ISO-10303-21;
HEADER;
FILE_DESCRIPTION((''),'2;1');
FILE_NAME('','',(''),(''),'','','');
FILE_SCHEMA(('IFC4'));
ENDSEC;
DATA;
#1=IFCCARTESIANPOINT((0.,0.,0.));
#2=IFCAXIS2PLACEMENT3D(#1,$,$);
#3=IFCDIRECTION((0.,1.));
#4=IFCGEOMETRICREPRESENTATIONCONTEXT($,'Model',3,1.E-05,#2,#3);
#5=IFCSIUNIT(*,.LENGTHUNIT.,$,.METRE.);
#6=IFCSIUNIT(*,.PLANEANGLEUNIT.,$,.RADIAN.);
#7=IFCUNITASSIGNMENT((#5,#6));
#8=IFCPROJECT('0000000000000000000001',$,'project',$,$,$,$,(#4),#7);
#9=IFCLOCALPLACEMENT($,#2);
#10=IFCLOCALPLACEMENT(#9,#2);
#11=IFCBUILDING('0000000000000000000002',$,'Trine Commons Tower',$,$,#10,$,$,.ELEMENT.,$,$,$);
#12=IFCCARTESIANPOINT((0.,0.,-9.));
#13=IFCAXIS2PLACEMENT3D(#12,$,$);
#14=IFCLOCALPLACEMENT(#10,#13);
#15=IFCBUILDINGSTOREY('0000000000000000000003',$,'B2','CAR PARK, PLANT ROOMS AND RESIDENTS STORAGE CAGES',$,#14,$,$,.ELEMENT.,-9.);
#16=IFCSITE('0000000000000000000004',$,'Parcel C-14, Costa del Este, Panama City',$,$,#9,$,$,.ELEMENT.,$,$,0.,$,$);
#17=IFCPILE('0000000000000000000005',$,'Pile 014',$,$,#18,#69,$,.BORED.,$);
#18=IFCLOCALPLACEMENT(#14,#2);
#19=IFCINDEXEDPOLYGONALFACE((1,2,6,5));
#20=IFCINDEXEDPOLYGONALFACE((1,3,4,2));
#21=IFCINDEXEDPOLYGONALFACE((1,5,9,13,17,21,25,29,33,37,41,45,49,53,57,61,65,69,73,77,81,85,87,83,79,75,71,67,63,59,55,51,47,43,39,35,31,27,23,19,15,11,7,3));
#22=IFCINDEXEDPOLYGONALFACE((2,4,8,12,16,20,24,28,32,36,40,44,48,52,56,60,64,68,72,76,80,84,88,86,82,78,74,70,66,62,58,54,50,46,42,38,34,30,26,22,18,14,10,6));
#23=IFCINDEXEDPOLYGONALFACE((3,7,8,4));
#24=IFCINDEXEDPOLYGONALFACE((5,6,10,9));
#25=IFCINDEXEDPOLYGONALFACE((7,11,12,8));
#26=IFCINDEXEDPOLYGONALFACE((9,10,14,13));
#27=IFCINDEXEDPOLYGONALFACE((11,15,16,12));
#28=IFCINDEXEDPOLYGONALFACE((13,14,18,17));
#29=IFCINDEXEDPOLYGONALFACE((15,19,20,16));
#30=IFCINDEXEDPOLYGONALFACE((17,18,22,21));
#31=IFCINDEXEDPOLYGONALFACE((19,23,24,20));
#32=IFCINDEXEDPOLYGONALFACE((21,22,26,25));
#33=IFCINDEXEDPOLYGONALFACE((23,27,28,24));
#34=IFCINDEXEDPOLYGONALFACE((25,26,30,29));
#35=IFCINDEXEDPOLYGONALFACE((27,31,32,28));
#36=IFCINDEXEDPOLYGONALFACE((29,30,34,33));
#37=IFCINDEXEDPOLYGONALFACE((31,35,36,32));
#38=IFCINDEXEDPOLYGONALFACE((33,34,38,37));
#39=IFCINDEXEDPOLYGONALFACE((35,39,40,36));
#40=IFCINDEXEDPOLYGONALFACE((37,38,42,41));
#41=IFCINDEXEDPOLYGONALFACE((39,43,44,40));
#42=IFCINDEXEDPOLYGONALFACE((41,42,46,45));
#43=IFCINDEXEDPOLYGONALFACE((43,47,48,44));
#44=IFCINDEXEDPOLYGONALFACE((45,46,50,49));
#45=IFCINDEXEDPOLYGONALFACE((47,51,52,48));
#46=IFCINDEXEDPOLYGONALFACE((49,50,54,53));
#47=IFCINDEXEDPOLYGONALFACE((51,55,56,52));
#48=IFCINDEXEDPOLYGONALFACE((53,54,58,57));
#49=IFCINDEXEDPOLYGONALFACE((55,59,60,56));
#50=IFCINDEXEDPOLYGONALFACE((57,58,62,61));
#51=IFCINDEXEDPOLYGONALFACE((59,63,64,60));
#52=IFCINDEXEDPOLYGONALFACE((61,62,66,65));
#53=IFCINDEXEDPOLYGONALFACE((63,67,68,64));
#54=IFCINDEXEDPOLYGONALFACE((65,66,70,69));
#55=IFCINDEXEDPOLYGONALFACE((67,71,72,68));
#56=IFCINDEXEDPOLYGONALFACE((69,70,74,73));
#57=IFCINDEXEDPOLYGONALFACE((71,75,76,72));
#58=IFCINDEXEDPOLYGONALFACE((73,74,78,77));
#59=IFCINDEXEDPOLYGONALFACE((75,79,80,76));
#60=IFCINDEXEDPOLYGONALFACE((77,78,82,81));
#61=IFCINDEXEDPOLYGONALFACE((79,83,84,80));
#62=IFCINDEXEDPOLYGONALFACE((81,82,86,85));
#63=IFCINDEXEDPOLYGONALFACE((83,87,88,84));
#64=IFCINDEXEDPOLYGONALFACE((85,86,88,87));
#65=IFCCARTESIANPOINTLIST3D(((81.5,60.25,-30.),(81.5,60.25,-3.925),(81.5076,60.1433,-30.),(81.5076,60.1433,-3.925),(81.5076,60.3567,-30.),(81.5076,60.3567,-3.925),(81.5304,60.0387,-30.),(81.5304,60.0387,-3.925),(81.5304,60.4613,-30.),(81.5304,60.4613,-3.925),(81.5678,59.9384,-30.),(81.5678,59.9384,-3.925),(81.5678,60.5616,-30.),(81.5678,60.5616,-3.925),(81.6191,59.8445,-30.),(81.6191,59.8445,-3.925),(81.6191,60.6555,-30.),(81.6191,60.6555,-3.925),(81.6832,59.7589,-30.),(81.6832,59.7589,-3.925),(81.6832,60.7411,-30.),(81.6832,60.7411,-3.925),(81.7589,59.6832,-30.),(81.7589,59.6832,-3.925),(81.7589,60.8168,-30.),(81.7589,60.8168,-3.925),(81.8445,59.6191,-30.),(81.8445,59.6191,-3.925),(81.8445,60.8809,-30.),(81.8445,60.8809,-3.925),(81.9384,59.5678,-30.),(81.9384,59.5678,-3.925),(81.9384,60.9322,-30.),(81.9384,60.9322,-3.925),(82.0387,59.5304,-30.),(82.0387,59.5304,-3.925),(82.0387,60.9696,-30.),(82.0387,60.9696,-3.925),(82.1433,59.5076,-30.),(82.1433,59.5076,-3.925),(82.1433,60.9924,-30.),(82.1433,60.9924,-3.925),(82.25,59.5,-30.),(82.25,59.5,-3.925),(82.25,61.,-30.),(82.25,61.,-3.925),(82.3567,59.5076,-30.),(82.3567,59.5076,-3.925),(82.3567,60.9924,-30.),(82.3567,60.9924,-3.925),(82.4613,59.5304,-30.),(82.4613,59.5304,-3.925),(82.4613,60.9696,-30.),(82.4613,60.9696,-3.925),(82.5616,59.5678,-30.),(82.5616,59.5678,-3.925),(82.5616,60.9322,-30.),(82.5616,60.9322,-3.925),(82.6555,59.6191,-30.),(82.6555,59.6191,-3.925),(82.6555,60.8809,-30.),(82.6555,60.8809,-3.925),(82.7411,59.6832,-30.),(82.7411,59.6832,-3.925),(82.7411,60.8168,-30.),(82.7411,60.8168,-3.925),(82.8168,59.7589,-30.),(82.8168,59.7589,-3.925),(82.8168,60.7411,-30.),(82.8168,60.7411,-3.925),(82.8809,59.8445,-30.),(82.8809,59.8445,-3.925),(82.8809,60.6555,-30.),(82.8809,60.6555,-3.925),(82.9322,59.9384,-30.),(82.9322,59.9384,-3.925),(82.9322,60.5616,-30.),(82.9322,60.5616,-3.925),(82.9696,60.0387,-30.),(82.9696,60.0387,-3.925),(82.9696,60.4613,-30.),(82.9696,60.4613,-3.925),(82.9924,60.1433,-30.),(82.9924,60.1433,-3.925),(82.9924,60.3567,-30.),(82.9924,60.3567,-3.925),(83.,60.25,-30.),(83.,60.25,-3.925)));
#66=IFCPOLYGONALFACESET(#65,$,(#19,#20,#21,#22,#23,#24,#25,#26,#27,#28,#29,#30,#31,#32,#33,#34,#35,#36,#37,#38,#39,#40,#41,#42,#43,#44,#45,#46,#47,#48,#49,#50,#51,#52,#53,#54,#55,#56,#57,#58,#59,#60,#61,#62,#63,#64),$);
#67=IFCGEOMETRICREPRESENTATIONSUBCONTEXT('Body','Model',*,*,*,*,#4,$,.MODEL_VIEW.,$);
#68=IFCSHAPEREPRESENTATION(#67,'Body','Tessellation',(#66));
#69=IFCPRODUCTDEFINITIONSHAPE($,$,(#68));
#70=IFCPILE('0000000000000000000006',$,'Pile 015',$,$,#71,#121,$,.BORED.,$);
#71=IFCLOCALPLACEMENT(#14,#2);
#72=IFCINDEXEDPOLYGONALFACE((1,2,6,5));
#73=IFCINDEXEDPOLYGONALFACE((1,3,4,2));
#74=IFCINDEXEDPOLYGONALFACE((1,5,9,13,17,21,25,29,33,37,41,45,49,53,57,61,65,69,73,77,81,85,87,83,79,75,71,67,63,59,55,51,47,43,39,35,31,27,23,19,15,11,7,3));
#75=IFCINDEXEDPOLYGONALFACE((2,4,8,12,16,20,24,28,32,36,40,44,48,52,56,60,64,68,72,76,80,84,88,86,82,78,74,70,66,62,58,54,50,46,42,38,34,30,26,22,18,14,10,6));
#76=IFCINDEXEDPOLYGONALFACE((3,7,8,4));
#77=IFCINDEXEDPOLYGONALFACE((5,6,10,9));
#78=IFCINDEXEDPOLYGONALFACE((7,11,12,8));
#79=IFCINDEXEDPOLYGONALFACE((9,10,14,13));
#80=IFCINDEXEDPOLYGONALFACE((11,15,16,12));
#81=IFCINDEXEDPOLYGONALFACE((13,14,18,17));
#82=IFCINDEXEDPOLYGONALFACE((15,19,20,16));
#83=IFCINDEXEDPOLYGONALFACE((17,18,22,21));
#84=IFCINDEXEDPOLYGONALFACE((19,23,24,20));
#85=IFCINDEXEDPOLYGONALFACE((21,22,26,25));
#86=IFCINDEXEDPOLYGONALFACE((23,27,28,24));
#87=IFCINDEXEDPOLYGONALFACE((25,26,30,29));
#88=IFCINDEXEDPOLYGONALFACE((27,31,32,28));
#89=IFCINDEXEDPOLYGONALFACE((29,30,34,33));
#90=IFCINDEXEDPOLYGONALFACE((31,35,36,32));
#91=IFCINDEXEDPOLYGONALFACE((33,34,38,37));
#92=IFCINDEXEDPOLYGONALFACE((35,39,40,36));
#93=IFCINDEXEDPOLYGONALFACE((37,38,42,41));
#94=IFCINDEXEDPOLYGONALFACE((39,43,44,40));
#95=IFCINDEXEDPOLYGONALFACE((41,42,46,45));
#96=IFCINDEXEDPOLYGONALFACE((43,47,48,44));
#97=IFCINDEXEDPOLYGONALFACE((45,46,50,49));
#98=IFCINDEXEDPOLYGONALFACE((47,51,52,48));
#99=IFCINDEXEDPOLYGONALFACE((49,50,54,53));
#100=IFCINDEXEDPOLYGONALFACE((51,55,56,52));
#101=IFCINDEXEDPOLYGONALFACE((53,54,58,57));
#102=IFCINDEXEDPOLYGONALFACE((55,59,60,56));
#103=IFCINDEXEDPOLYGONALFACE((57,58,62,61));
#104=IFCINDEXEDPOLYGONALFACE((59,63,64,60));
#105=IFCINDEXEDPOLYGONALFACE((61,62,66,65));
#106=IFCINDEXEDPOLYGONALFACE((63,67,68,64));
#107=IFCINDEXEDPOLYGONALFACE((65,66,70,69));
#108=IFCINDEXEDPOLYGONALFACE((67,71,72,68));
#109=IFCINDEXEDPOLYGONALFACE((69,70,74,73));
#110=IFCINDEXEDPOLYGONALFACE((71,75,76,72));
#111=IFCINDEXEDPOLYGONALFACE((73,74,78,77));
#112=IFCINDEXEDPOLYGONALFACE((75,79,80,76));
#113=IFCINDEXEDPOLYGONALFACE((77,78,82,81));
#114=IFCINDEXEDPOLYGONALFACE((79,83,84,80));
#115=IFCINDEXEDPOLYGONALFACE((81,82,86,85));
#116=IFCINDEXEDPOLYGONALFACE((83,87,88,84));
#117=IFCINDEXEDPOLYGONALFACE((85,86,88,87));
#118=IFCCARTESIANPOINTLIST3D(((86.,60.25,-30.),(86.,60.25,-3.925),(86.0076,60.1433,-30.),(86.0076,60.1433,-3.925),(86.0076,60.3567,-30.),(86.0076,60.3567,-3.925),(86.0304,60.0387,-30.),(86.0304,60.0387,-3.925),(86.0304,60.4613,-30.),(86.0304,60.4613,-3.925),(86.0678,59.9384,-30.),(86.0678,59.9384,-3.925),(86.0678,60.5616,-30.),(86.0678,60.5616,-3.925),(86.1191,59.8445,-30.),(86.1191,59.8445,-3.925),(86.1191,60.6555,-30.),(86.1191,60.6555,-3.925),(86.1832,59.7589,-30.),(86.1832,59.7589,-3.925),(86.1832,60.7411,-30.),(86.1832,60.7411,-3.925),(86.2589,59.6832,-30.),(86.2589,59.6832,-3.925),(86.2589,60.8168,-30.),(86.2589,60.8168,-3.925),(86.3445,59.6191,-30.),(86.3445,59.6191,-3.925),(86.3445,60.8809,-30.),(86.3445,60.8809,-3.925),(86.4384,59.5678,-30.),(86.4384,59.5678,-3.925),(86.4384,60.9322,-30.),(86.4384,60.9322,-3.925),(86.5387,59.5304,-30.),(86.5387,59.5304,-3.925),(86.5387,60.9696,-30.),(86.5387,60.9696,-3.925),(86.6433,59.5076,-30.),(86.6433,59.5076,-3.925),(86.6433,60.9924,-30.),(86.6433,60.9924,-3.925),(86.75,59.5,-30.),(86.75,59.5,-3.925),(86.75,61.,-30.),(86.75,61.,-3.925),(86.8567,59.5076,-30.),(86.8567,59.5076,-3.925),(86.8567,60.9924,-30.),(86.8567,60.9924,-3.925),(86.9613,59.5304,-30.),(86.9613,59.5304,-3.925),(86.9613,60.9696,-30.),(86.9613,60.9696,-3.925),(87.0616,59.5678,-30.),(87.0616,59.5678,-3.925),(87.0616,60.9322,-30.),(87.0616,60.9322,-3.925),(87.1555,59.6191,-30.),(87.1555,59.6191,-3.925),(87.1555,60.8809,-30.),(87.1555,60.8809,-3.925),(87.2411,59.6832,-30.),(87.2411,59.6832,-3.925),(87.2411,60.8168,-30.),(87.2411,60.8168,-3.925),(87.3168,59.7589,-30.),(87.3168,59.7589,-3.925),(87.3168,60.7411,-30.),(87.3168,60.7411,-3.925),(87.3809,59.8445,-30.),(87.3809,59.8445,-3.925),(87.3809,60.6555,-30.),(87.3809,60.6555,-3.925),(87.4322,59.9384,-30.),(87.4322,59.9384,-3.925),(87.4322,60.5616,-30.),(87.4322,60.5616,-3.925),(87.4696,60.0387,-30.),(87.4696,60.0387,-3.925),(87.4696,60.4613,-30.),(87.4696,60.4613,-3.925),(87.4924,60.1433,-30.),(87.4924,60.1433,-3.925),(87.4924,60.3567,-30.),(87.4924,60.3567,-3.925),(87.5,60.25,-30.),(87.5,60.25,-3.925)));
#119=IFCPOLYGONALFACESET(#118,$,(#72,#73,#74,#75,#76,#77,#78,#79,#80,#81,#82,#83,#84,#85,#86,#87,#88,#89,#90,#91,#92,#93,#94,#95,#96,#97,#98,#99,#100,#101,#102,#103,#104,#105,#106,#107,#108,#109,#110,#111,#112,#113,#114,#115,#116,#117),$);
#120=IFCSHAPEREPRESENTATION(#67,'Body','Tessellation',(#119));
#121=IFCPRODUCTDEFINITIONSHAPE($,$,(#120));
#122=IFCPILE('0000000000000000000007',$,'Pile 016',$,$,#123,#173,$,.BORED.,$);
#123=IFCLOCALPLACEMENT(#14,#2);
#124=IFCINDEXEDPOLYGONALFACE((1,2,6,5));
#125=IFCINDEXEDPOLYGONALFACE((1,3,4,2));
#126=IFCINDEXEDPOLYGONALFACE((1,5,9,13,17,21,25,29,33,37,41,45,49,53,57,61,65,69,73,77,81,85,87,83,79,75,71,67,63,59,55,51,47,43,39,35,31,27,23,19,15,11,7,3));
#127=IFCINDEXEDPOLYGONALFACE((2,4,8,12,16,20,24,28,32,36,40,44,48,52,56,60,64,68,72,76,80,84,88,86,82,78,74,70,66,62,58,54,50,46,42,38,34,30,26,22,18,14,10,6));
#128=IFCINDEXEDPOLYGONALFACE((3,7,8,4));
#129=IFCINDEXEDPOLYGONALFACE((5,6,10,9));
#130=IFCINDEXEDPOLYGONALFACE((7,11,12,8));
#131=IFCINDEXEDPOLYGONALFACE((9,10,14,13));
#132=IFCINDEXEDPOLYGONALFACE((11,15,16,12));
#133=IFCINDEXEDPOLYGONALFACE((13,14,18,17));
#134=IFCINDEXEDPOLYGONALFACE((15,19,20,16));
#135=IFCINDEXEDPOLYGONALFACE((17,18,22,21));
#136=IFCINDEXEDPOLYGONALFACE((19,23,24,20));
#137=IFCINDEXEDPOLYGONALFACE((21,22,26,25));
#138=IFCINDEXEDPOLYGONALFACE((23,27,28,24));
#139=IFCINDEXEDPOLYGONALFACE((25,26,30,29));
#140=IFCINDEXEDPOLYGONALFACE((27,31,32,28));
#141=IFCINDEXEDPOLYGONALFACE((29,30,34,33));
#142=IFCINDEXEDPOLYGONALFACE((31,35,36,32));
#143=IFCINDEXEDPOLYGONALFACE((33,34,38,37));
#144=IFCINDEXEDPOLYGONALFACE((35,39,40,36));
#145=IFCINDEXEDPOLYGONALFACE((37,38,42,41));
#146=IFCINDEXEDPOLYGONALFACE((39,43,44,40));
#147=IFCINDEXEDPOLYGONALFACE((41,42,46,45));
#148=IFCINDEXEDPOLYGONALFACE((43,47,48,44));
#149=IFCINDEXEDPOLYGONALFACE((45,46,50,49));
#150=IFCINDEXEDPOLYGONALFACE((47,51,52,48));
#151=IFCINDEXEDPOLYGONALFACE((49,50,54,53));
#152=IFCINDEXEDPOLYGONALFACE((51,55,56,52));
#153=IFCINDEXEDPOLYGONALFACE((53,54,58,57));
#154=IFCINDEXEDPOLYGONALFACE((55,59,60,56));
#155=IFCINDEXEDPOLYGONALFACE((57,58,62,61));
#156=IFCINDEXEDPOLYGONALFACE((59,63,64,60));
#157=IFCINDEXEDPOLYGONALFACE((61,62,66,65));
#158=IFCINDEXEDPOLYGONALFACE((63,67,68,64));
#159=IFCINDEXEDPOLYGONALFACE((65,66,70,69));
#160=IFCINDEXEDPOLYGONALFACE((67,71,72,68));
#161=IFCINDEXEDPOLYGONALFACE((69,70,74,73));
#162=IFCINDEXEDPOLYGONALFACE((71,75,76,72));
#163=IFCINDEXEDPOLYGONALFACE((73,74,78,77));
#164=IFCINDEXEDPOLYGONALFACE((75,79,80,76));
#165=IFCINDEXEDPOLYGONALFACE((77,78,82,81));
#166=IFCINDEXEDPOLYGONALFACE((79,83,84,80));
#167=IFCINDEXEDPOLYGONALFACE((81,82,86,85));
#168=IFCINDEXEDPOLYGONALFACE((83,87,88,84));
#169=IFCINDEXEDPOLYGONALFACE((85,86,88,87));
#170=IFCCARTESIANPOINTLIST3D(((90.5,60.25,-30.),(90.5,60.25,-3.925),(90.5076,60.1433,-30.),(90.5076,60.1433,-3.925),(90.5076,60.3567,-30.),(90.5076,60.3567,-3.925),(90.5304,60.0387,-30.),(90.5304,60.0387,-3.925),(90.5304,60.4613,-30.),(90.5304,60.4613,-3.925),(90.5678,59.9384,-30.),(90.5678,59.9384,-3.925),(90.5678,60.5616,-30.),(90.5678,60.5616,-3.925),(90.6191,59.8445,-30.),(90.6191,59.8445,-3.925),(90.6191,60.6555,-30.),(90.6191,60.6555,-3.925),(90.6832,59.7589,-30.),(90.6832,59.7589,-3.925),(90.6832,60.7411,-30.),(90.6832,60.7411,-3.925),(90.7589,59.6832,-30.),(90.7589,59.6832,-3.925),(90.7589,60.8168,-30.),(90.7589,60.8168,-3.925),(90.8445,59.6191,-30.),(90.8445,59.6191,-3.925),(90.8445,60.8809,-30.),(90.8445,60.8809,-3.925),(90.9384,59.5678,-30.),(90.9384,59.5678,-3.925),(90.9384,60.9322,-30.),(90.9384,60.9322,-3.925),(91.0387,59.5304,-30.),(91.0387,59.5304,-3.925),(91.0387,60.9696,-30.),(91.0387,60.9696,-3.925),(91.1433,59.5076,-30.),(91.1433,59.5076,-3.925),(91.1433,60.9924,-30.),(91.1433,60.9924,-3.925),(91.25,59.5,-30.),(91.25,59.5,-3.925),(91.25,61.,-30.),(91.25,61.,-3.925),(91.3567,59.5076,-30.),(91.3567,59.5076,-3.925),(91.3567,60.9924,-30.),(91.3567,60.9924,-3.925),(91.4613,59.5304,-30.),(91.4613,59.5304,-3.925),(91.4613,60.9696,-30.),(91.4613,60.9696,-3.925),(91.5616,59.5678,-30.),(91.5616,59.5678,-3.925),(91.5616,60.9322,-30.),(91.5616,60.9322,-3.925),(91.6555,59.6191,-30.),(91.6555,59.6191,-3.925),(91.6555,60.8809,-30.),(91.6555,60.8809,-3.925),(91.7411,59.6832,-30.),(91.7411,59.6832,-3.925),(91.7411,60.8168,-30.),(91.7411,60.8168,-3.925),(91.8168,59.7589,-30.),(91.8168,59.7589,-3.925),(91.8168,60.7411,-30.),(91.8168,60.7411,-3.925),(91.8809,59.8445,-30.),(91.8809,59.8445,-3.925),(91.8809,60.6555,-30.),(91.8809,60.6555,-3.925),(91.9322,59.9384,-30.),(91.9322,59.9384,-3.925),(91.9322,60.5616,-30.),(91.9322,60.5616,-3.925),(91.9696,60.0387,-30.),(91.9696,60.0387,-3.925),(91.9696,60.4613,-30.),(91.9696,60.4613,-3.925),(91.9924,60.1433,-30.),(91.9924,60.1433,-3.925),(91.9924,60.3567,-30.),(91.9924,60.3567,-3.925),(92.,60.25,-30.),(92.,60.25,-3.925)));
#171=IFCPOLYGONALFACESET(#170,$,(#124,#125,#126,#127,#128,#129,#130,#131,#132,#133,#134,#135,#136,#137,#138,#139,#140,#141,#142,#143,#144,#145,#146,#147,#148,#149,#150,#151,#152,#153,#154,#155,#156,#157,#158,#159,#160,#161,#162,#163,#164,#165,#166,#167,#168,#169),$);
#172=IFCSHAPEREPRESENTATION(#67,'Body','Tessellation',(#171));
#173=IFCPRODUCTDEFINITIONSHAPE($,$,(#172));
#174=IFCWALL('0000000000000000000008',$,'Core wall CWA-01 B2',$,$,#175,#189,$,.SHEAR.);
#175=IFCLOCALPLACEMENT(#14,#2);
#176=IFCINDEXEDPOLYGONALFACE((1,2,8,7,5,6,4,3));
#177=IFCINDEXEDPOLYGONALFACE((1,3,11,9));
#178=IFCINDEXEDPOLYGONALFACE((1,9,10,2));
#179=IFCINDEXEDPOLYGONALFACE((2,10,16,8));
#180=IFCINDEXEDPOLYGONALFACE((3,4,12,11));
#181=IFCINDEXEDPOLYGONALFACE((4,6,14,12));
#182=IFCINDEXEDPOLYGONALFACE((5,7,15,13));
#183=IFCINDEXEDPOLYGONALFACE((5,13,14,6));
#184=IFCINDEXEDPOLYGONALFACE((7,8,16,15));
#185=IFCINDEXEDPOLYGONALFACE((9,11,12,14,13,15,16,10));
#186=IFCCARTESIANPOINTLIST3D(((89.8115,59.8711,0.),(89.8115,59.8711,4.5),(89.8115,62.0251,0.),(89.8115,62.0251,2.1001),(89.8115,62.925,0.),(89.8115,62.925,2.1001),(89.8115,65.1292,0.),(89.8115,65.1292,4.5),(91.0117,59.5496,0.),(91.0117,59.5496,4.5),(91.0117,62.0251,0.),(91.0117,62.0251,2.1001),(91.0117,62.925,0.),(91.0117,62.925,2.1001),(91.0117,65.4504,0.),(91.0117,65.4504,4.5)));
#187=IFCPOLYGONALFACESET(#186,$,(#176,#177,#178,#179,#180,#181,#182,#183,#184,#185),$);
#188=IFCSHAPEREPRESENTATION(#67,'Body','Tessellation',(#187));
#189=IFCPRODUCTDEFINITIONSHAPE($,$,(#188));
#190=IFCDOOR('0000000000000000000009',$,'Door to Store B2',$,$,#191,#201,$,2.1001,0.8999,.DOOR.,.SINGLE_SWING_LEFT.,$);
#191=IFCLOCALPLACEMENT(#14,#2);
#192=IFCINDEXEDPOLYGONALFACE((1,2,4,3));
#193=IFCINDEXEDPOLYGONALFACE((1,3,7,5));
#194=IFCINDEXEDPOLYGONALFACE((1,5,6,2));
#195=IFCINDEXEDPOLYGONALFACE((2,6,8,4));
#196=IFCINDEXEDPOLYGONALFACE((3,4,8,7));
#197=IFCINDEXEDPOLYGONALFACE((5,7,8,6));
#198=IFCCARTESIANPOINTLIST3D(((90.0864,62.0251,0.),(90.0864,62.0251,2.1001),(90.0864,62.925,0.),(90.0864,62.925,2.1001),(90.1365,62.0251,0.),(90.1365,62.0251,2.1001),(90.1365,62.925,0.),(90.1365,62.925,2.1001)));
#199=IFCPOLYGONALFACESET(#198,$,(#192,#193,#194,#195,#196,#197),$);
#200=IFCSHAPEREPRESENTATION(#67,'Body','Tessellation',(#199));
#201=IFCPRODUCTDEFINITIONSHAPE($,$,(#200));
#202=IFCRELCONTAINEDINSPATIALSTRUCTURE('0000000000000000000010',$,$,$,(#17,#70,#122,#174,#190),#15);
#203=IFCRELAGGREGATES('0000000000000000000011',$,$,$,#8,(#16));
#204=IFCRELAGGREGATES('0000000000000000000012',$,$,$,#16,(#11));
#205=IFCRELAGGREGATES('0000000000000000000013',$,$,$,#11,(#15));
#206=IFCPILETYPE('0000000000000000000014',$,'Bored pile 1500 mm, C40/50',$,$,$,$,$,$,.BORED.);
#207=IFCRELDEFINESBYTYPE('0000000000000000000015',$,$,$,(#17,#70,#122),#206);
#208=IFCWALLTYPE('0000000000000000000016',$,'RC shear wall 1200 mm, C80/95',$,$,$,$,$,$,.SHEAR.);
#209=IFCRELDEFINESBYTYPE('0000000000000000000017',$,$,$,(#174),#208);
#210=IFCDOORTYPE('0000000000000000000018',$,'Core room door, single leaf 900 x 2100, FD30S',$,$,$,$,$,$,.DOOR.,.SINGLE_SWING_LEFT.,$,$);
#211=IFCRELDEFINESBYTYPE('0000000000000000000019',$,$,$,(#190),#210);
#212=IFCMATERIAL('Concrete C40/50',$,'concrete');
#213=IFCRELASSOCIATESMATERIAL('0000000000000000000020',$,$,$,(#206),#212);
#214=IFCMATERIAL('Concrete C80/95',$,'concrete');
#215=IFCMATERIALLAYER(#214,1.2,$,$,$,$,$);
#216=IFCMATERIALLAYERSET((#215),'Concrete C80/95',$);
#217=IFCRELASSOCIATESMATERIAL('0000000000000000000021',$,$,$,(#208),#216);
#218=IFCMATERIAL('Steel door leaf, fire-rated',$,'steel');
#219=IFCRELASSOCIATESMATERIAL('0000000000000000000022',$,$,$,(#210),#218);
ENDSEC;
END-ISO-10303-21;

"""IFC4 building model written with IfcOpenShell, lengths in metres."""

from ifc_helpers import new_model, si_unit, direction, frame, frame_2d, origin, origin_2d, place, context, subcontext, project, spatial, polyline, rectangle, circle, outline, extrude, material, layer, layer_set, type_object, element, fill, save


model = new_model("IFC4")

# Units and contexts
model_context = context("Model", 3, precision=1e-05, world=origin(), true_north=direction((0.0, 1.0)))
body_context = subcontext(model_context, "Body", "Model", "MODEL_VIEW")
ifc_project = project(units=[si_unit("LENGTHUNIT", "METRE"), si_unit("PLANEANGLEUNIT", "RADIAN")], contexts=[model_context])

# Site, building, storey
site_placement = place(None, origin())
site = spatial("IfcSite", under=ifc_project, at=site_placement, Name="Parcel C-14, Costa del Este, Panama City", CompositionType="ELEMENT", RefElevation=0.0)
building_placement = place(site_placement, origin())
building = spatial("IfcBuilding", under=site, at=building_placement, Name="Trine Commons Tower", CompositionType="ELEMENT")
storey_placement = place(building_placement, frame((0.0, 0.0, -9.0)))
storey = spatial("IfcBuildingStorey", under=building, at=storey_placement, Name="B2", Description="CAR PARK, PLANT ROOMS AND RESIDENTS STORAGE CAGES", CompositionType="ELEMENT", Elevation=-9.0)

# Piles
ifc_material_1 = material(Name="Concrete C40/50", Category="concrete")
pile_type = type_object("IfcPileType", Name="Bored pile 1500 mm, C40/50", PredefinedType="BORED", material=ifc_material_1)
for number, where, z_axis, x_axis, name in (
    (1, (82.25, 60.25, -3.925), (0.0, 0.0, -1.0), (1.0, 0.0, 0.0), "Pile 014"),
    (2, (86.75, 60.25, -3.925), (0.0, 0.0, -1.0), (1.0, 0.0, 0.0), "Pile 015"),
    (3, (91.25, 60.25, -3.925), (0.0, 0.0, -1.0), (1.0, 0.0, 0.0), "Pile 016"),
):
    element("IfcPile", number, at=place(storey_placement, frame(where, z_axis=z_axis, x_axis=x_axis)), inside=storey, type_object=pile_type, Name=name, PredefinedType="BORED", context=body_context, shape_type="SweptSolid", body=[
        extrude(circle(Radius=0.75, at=origin_2d()), origin(), (0.0, 0.0, 1.0), 26.075),
    ])

# Wall, opening, door
ifc_material_2 = material(Name="Concrete C80/95", Category="concrete")
ifc_layer_1 = layer(ifc_material_2, 1.2)
ifc_layer_set_1 = layer_set([ifc_layer_1], Name="Concrete C80/95")
wall_type_1 = type_object("IfcWallType", Name="RC shear wall 1200 mm, C80/95", PredefinedType="SHEAR", material=ifc_layer_set_1)
wall_1_placement = place(storey_placement, frame((90.4116, 59.5496, 0.0), z_axis=(0.0, 0.0, 1.0), x_axis=(0.0, 1.0, 0.0)))
wall_1 = element("IfcWall", 4, at=wall_1_placement, inside=storey, type_object=wall_type_1, Name="Core wall CWA-01 B2", PredefinedType="SHEAR", context=body_context, shape_type="SweptSolid", body=[
    extrude(outline(polyline([(0.0, -0.6001), (5.9009, -0.6001), (5.5796, 0.6001), (0.3215, 0.6001), (0.0, -0.6001)])), origin(), (0.0, 0.0, 1.0), 4.5),
])
opening_placement = place(wall_1_placement, frame((2.4756, 0.0, 0.0)))
opening = element("IfcOpeningElement", 5, at=opening_placement, cuts=wall_1, PredefinedType="OPENING", context=body_context, shape_type="SweptSolid", body=[
    extrude(rectangle(XDim=0.8999, YDim=2.1001, at=frame_2d((0.45, 1.05))), frame((0.0, 0.6099, 0.0), z_axis=(0.0, -1.0, 0.0), x_axis=(1.0, 0.0, 0.0)), (0.0, 0.0, 1.0), 1.22),
])
ifc_material_3 = material(Name="Steel door leaf, fire-rated", Category="steel")
door_type = type_object("IfcDoorType", Name="Core room door, single leaf 900 x 2100, FD30S", OperationType="SINGLE_SWING_LEFT", PredefinedType="DOOR", material=ifc_material_3)
door_placement = place(opening_placement, origin())
door = element("IfcDoor", 6, at=door_placement, inside=storey, type_object=door_type, Name="Door to Store B2", OperationType="SINGLE_SWING_LEFT", OverallHeight=2.1001, OverallWidth=0.8999, PredefinedType="DOOR", context=body_context, shape_type="SweptSolid", body=[
    extrude(rectangle(XDim=0.8999, YDim=2.1001, at=frame_2d((0.45, 1.05))), frame((0.0, 0.3252, 0.0), z_axis=(0.0, -1.0, 0.0), x_axis=(1.0, 0.0, 0.0)), (0.0, 0.0, 1.0), 0.05),
])
fill(opening, door)

save(model, "model.ifc")
